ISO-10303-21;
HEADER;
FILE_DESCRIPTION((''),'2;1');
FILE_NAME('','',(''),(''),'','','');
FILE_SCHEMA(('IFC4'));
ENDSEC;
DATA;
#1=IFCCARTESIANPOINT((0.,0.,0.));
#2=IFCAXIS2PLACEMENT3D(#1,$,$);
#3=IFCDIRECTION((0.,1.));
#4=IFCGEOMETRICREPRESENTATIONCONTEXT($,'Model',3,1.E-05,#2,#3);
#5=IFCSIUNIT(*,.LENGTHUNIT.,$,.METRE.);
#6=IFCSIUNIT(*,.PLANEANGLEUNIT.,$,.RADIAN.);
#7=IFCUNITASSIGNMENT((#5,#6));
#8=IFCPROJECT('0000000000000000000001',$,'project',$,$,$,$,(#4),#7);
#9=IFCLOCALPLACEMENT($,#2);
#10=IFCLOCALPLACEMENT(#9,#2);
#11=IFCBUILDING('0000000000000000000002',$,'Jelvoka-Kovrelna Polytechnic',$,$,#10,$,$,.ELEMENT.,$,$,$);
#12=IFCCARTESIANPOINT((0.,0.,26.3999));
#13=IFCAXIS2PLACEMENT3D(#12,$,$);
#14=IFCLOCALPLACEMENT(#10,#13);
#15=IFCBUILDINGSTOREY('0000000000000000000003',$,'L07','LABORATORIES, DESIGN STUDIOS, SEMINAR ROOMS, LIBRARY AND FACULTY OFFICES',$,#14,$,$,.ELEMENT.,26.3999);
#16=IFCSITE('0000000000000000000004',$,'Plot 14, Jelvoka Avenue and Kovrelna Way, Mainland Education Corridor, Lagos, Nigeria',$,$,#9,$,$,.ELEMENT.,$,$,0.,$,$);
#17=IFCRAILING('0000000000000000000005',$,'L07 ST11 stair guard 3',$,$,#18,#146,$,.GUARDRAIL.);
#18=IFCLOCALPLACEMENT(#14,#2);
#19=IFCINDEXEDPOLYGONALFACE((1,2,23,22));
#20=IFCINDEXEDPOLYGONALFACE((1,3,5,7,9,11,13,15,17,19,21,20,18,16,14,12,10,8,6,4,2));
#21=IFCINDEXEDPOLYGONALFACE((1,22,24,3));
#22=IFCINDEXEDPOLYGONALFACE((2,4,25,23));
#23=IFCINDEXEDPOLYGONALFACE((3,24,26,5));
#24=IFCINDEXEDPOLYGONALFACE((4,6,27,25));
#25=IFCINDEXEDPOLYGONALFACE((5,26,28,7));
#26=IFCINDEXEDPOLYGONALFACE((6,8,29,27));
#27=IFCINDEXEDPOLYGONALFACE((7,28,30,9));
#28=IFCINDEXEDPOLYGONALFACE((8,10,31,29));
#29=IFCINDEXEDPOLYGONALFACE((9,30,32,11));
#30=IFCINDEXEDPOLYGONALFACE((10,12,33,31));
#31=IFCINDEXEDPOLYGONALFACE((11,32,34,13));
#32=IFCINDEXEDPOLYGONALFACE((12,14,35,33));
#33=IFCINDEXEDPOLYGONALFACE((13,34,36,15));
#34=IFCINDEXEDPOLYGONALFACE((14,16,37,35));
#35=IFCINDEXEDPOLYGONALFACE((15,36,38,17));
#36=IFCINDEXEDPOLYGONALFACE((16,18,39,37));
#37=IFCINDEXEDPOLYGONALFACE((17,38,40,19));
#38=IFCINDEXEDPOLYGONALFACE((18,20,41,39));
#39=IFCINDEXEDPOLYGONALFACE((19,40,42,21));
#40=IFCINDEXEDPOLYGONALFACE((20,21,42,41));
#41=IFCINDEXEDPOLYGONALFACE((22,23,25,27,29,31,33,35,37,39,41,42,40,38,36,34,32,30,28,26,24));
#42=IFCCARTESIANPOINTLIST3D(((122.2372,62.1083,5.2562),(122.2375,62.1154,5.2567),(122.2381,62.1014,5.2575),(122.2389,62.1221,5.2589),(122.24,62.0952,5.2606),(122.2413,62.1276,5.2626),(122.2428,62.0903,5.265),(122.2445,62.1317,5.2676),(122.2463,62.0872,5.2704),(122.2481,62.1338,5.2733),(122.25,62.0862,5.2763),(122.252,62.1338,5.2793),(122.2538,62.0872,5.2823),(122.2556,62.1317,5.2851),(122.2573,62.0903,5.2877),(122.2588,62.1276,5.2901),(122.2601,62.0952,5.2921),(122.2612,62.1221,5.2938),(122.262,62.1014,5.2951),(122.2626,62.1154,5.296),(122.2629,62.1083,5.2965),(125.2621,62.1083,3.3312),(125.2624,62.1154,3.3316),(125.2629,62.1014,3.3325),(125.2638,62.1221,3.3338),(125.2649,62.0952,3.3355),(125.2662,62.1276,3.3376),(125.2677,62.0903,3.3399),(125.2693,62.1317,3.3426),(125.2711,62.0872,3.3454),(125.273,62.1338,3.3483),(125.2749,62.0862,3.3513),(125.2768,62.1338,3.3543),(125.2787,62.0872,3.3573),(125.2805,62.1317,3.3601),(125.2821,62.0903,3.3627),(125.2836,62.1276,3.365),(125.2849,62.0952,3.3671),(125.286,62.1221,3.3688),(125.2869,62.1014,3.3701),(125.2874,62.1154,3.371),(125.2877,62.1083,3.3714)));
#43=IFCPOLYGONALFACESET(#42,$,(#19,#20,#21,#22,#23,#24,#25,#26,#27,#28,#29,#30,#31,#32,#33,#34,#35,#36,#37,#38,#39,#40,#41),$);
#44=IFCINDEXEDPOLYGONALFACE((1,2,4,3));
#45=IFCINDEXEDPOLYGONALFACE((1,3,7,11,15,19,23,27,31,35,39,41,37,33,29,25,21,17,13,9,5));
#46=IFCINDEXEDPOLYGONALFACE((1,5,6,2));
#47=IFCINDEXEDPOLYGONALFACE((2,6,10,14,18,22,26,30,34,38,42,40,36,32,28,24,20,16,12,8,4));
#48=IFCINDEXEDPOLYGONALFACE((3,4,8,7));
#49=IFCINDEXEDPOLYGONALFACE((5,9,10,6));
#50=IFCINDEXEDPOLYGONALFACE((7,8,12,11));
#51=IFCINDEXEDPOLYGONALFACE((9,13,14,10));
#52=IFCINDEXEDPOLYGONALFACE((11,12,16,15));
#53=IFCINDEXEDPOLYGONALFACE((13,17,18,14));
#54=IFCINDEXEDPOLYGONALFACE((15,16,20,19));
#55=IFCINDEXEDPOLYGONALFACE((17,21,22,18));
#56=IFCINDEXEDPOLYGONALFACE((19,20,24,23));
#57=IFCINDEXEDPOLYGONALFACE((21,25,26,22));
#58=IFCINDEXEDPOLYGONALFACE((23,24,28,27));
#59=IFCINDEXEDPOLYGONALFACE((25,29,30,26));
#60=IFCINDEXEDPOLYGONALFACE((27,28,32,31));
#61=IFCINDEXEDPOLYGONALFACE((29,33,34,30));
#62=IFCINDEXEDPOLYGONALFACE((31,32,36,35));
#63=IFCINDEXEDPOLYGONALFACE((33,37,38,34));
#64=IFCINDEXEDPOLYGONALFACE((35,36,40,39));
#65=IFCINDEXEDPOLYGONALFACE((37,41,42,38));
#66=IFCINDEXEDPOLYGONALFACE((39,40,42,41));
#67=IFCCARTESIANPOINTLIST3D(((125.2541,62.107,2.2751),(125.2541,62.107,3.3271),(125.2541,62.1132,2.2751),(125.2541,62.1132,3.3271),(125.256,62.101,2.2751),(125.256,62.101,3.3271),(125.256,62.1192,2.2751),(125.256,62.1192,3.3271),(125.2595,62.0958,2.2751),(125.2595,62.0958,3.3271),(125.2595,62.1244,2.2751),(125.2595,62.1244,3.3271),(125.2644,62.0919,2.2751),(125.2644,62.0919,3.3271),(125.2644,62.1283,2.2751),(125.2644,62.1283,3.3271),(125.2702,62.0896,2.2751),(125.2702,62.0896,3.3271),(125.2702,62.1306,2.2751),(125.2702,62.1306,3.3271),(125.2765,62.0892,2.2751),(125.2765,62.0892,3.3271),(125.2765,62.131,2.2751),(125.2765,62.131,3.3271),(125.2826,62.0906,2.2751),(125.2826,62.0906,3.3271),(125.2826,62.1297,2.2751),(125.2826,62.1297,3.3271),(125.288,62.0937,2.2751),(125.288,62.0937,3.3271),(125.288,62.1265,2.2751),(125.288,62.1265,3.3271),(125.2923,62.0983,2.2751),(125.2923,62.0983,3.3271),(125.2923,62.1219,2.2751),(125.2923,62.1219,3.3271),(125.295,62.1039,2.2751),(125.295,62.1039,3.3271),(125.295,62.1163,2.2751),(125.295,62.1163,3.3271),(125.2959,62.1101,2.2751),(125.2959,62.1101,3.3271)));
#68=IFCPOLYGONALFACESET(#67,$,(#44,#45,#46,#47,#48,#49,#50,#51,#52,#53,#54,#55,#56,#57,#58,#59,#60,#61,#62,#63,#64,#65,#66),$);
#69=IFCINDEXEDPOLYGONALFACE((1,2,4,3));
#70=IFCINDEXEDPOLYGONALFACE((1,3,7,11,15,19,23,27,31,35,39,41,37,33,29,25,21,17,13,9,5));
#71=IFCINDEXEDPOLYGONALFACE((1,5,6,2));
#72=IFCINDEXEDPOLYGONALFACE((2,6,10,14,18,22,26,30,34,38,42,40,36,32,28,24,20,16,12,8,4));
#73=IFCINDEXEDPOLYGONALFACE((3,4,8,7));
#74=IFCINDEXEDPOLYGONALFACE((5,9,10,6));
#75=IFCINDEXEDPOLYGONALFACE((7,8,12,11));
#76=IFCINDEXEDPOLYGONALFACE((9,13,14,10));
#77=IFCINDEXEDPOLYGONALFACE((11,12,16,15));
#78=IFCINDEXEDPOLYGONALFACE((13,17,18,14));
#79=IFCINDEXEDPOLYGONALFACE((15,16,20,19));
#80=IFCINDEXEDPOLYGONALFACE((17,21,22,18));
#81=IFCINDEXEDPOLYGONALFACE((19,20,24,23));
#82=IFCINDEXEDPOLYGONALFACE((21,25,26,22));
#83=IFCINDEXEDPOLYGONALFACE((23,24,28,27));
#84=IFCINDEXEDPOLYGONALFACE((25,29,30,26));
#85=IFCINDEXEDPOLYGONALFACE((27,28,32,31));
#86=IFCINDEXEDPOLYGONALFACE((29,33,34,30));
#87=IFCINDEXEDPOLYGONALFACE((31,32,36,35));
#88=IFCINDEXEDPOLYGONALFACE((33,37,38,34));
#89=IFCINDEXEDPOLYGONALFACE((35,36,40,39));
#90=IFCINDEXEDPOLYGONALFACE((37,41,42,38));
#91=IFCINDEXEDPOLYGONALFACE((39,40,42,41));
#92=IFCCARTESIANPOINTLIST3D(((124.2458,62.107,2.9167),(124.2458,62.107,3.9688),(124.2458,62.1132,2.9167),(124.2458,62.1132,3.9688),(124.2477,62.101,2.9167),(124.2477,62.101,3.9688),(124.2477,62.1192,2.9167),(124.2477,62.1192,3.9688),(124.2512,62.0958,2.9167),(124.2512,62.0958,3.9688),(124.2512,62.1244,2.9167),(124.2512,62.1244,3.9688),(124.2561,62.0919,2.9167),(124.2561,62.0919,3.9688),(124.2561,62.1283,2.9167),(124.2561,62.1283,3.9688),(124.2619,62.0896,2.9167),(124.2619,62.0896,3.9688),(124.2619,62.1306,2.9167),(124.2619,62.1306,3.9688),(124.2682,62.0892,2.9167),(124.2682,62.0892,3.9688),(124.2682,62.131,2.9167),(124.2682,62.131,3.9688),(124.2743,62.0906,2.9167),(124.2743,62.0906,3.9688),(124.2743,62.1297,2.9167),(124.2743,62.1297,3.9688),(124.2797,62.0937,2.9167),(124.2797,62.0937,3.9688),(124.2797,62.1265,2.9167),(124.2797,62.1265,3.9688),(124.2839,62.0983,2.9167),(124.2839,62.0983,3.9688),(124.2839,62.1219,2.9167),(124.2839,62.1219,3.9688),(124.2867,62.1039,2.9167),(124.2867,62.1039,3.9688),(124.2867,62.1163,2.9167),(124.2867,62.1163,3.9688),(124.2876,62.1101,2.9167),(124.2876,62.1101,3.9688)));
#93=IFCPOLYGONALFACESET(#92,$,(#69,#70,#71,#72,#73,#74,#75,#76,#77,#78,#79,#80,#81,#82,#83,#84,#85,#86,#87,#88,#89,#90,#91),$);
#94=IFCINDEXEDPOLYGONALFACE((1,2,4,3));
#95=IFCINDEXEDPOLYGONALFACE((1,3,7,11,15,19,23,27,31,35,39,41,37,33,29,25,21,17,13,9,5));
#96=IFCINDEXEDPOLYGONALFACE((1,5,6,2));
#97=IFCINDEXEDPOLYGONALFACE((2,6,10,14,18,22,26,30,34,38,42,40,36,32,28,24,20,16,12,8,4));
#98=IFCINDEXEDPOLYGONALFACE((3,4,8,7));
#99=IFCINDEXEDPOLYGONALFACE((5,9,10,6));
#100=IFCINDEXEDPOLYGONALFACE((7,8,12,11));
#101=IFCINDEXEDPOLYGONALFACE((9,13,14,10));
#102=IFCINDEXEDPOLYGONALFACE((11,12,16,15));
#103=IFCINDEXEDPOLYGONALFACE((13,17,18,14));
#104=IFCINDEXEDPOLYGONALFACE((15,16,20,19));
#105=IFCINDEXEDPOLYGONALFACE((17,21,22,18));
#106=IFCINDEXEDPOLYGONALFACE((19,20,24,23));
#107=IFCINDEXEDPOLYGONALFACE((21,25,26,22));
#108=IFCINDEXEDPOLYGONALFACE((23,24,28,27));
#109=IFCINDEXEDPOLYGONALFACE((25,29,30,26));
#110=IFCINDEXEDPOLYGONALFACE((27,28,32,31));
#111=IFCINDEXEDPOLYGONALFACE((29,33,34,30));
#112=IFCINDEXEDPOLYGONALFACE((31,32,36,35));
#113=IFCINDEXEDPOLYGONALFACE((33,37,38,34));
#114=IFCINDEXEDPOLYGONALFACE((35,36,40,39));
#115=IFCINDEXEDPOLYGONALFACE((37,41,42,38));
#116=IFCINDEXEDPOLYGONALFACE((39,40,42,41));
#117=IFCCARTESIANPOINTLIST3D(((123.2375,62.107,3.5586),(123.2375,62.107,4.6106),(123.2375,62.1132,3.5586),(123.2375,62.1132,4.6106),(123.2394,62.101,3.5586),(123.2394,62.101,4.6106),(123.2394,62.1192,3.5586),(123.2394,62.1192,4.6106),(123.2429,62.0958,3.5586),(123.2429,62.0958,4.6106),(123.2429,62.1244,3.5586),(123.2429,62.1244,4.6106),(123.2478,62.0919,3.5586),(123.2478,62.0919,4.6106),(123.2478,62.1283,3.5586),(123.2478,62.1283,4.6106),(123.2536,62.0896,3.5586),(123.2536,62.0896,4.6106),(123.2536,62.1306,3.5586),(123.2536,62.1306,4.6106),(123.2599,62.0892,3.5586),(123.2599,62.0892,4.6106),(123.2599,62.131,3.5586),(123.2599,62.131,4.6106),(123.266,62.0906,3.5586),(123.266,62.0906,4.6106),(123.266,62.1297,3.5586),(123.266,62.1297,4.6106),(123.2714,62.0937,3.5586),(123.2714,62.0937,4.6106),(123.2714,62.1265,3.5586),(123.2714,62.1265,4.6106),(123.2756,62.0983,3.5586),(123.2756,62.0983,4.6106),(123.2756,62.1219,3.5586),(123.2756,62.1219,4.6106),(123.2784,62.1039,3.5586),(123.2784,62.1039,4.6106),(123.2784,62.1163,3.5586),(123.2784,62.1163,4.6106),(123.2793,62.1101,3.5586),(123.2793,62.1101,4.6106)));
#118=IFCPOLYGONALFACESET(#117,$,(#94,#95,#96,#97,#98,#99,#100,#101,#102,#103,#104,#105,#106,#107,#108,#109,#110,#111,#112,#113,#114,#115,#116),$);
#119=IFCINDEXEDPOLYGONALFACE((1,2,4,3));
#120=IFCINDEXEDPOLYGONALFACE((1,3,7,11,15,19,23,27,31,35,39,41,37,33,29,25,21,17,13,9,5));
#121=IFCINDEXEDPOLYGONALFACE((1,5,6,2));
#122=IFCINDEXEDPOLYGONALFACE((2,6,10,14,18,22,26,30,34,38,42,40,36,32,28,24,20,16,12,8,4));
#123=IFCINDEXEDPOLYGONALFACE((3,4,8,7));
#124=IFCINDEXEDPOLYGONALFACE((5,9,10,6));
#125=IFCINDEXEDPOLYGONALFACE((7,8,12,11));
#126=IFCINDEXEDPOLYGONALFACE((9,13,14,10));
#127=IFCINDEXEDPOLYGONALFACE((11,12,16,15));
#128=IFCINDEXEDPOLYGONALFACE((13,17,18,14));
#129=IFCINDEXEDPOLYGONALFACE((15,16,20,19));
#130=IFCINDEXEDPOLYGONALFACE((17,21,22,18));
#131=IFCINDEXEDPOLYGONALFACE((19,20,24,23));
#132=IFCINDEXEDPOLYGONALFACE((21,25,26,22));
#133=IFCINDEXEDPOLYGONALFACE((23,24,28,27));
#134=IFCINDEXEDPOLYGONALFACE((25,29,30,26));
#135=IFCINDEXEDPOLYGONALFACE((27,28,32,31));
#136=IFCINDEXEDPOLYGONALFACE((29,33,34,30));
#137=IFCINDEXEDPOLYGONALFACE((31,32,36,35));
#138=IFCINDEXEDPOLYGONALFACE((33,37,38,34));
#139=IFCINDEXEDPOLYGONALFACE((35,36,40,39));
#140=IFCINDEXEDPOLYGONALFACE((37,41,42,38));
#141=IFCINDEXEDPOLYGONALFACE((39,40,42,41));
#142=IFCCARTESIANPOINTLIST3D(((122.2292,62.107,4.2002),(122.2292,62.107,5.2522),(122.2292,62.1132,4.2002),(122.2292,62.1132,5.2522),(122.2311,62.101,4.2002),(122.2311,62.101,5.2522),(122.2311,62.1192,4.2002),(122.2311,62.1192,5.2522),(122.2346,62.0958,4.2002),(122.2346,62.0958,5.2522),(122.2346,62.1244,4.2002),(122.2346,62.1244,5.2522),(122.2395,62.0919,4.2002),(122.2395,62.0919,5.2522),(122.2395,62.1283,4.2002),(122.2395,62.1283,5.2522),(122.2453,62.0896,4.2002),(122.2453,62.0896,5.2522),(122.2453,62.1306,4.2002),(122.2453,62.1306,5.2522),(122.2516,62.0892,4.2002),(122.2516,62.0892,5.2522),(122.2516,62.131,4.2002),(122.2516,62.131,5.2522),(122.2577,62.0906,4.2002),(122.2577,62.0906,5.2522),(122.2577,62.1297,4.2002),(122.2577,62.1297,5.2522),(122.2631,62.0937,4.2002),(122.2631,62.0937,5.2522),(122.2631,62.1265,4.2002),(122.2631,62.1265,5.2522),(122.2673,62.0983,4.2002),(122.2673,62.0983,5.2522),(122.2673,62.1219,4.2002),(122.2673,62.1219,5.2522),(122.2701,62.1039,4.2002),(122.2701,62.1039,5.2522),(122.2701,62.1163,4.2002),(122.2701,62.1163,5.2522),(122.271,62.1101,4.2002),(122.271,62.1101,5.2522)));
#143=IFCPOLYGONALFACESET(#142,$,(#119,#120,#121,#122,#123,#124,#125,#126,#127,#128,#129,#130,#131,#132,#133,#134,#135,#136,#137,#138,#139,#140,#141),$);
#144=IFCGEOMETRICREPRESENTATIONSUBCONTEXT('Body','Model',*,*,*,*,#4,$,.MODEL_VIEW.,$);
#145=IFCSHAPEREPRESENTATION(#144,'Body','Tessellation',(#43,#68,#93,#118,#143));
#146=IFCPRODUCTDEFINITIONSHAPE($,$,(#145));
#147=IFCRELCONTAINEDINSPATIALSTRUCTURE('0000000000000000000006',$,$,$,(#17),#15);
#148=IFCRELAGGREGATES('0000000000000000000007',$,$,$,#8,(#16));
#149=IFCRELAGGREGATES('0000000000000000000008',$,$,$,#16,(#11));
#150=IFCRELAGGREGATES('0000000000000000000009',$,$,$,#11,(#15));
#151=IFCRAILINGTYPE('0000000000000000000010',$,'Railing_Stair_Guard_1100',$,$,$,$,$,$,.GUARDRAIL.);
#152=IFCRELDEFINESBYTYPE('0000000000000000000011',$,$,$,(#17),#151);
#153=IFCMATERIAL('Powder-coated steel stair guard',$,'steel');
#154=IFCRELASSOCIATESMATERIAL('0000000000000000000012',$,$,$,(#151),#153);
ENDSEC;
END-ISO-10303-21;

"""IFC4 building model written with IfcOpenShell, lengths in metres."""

from ifc_helpers import new_model, si_unit, direction, frame, origin, origin_2d, place, context, subcontext, project, spatial, circle, extrude, material, type_object, element, save


model = new_model("IFC4")

# Units and contexts
model_context = context("Model", 3, precision=1e-05, world=origin(), true_north=direction((0.0, 1.0)))
body_context = subcontext(model_context, "Body", "Model", "MODEL_VIEW")
ifc_project = project(units=[si_unit("LENGTHUNIT", "METRE"), si_unit("PLANEANGLEUNIT", "RADIAN")], contexts=[model_context])

# Site, building, storey
site_placement = place(None, origin())
site = spatial("IfcSite", under=ifc_project, at=site_placement, Name="Plot 14, Jelvoka Avenue and Kovrelna Way, Mainland Education Corridor, Lagos, Nigeria", CompositionType="ELEMENT", RefElevation=0.0)
building_placement = place(site_placement, origin())
building = spatial("IfcBuilding", under=site, at=building_placement, Name="Jelvoka-Kovrelna Polytechnic", CompositionType="ELEMENT")
storey_placement = place(building_placement, frame((0.0, 0.0, 26.3999)))
storey = spatial("IfcBuildingStorey", under=building, at=storey_placement, Name="L07", Description="LABORATORIES, DESIGN STUDIOS, SEMINAR ROOMS, LIBRARY AND FACULTY OFFICES", CompositionType="ELEMENT", Elevation=26.3999)

# Railing
ifc_material_1 = material(Name="Powder-coated steel stair guard", Category="steel")
railing_type_1 = type_object("IfcRailingType", Name="Railing_Stair_Guard_1100", PredefinedType="GUARDRAIL", material=ifc_material_1)
railing_1_placement = place(storey_placement, frame((125.2749, 62.1101, 2.2751)))
element("IfcRailing", 1, at=railing_1_placement, inside=storey, type_object=railing_type_1, Name="L07 ST11 stair guard 3", PredefinedType="GUARDRAIL", context=body_context, shape_type="SweptSolid", body=[
    extrude(circle(Radius=0.0239, at=origin_2d()), frame((0.0, 0.0, 1.0762), z_axis=(-0.843647, 0.0, 0.536898), x_axis=(0.0, -1.0, 0.0)), (0.0, 0.0, 1.0), 3.5854),
    extrude(circle(Radius=0.021, at=origin_2d()), origin(), (0.0, 0.0, 1.0), 1.052),
    extrude(circle(Radius=0.021, at=origin_2d()), frame((-1.0083, 0.0, 0.6416)), (0.0, 0.0, 1.0), 1.052),
    extrude(circle(Radius=0.021, at=origin_2d()), frame((-2.0166, 0.0, 1.2834)), (0.0, 0.0, 1.0), 1.052),
    extrude(circle(Radius=0.021, at=origin_2d()), frame((-3.0249, 0.0, 1.925)), (0.0, 0.0, 1.0), 1.052),
])

save(model, "model.ifc")
